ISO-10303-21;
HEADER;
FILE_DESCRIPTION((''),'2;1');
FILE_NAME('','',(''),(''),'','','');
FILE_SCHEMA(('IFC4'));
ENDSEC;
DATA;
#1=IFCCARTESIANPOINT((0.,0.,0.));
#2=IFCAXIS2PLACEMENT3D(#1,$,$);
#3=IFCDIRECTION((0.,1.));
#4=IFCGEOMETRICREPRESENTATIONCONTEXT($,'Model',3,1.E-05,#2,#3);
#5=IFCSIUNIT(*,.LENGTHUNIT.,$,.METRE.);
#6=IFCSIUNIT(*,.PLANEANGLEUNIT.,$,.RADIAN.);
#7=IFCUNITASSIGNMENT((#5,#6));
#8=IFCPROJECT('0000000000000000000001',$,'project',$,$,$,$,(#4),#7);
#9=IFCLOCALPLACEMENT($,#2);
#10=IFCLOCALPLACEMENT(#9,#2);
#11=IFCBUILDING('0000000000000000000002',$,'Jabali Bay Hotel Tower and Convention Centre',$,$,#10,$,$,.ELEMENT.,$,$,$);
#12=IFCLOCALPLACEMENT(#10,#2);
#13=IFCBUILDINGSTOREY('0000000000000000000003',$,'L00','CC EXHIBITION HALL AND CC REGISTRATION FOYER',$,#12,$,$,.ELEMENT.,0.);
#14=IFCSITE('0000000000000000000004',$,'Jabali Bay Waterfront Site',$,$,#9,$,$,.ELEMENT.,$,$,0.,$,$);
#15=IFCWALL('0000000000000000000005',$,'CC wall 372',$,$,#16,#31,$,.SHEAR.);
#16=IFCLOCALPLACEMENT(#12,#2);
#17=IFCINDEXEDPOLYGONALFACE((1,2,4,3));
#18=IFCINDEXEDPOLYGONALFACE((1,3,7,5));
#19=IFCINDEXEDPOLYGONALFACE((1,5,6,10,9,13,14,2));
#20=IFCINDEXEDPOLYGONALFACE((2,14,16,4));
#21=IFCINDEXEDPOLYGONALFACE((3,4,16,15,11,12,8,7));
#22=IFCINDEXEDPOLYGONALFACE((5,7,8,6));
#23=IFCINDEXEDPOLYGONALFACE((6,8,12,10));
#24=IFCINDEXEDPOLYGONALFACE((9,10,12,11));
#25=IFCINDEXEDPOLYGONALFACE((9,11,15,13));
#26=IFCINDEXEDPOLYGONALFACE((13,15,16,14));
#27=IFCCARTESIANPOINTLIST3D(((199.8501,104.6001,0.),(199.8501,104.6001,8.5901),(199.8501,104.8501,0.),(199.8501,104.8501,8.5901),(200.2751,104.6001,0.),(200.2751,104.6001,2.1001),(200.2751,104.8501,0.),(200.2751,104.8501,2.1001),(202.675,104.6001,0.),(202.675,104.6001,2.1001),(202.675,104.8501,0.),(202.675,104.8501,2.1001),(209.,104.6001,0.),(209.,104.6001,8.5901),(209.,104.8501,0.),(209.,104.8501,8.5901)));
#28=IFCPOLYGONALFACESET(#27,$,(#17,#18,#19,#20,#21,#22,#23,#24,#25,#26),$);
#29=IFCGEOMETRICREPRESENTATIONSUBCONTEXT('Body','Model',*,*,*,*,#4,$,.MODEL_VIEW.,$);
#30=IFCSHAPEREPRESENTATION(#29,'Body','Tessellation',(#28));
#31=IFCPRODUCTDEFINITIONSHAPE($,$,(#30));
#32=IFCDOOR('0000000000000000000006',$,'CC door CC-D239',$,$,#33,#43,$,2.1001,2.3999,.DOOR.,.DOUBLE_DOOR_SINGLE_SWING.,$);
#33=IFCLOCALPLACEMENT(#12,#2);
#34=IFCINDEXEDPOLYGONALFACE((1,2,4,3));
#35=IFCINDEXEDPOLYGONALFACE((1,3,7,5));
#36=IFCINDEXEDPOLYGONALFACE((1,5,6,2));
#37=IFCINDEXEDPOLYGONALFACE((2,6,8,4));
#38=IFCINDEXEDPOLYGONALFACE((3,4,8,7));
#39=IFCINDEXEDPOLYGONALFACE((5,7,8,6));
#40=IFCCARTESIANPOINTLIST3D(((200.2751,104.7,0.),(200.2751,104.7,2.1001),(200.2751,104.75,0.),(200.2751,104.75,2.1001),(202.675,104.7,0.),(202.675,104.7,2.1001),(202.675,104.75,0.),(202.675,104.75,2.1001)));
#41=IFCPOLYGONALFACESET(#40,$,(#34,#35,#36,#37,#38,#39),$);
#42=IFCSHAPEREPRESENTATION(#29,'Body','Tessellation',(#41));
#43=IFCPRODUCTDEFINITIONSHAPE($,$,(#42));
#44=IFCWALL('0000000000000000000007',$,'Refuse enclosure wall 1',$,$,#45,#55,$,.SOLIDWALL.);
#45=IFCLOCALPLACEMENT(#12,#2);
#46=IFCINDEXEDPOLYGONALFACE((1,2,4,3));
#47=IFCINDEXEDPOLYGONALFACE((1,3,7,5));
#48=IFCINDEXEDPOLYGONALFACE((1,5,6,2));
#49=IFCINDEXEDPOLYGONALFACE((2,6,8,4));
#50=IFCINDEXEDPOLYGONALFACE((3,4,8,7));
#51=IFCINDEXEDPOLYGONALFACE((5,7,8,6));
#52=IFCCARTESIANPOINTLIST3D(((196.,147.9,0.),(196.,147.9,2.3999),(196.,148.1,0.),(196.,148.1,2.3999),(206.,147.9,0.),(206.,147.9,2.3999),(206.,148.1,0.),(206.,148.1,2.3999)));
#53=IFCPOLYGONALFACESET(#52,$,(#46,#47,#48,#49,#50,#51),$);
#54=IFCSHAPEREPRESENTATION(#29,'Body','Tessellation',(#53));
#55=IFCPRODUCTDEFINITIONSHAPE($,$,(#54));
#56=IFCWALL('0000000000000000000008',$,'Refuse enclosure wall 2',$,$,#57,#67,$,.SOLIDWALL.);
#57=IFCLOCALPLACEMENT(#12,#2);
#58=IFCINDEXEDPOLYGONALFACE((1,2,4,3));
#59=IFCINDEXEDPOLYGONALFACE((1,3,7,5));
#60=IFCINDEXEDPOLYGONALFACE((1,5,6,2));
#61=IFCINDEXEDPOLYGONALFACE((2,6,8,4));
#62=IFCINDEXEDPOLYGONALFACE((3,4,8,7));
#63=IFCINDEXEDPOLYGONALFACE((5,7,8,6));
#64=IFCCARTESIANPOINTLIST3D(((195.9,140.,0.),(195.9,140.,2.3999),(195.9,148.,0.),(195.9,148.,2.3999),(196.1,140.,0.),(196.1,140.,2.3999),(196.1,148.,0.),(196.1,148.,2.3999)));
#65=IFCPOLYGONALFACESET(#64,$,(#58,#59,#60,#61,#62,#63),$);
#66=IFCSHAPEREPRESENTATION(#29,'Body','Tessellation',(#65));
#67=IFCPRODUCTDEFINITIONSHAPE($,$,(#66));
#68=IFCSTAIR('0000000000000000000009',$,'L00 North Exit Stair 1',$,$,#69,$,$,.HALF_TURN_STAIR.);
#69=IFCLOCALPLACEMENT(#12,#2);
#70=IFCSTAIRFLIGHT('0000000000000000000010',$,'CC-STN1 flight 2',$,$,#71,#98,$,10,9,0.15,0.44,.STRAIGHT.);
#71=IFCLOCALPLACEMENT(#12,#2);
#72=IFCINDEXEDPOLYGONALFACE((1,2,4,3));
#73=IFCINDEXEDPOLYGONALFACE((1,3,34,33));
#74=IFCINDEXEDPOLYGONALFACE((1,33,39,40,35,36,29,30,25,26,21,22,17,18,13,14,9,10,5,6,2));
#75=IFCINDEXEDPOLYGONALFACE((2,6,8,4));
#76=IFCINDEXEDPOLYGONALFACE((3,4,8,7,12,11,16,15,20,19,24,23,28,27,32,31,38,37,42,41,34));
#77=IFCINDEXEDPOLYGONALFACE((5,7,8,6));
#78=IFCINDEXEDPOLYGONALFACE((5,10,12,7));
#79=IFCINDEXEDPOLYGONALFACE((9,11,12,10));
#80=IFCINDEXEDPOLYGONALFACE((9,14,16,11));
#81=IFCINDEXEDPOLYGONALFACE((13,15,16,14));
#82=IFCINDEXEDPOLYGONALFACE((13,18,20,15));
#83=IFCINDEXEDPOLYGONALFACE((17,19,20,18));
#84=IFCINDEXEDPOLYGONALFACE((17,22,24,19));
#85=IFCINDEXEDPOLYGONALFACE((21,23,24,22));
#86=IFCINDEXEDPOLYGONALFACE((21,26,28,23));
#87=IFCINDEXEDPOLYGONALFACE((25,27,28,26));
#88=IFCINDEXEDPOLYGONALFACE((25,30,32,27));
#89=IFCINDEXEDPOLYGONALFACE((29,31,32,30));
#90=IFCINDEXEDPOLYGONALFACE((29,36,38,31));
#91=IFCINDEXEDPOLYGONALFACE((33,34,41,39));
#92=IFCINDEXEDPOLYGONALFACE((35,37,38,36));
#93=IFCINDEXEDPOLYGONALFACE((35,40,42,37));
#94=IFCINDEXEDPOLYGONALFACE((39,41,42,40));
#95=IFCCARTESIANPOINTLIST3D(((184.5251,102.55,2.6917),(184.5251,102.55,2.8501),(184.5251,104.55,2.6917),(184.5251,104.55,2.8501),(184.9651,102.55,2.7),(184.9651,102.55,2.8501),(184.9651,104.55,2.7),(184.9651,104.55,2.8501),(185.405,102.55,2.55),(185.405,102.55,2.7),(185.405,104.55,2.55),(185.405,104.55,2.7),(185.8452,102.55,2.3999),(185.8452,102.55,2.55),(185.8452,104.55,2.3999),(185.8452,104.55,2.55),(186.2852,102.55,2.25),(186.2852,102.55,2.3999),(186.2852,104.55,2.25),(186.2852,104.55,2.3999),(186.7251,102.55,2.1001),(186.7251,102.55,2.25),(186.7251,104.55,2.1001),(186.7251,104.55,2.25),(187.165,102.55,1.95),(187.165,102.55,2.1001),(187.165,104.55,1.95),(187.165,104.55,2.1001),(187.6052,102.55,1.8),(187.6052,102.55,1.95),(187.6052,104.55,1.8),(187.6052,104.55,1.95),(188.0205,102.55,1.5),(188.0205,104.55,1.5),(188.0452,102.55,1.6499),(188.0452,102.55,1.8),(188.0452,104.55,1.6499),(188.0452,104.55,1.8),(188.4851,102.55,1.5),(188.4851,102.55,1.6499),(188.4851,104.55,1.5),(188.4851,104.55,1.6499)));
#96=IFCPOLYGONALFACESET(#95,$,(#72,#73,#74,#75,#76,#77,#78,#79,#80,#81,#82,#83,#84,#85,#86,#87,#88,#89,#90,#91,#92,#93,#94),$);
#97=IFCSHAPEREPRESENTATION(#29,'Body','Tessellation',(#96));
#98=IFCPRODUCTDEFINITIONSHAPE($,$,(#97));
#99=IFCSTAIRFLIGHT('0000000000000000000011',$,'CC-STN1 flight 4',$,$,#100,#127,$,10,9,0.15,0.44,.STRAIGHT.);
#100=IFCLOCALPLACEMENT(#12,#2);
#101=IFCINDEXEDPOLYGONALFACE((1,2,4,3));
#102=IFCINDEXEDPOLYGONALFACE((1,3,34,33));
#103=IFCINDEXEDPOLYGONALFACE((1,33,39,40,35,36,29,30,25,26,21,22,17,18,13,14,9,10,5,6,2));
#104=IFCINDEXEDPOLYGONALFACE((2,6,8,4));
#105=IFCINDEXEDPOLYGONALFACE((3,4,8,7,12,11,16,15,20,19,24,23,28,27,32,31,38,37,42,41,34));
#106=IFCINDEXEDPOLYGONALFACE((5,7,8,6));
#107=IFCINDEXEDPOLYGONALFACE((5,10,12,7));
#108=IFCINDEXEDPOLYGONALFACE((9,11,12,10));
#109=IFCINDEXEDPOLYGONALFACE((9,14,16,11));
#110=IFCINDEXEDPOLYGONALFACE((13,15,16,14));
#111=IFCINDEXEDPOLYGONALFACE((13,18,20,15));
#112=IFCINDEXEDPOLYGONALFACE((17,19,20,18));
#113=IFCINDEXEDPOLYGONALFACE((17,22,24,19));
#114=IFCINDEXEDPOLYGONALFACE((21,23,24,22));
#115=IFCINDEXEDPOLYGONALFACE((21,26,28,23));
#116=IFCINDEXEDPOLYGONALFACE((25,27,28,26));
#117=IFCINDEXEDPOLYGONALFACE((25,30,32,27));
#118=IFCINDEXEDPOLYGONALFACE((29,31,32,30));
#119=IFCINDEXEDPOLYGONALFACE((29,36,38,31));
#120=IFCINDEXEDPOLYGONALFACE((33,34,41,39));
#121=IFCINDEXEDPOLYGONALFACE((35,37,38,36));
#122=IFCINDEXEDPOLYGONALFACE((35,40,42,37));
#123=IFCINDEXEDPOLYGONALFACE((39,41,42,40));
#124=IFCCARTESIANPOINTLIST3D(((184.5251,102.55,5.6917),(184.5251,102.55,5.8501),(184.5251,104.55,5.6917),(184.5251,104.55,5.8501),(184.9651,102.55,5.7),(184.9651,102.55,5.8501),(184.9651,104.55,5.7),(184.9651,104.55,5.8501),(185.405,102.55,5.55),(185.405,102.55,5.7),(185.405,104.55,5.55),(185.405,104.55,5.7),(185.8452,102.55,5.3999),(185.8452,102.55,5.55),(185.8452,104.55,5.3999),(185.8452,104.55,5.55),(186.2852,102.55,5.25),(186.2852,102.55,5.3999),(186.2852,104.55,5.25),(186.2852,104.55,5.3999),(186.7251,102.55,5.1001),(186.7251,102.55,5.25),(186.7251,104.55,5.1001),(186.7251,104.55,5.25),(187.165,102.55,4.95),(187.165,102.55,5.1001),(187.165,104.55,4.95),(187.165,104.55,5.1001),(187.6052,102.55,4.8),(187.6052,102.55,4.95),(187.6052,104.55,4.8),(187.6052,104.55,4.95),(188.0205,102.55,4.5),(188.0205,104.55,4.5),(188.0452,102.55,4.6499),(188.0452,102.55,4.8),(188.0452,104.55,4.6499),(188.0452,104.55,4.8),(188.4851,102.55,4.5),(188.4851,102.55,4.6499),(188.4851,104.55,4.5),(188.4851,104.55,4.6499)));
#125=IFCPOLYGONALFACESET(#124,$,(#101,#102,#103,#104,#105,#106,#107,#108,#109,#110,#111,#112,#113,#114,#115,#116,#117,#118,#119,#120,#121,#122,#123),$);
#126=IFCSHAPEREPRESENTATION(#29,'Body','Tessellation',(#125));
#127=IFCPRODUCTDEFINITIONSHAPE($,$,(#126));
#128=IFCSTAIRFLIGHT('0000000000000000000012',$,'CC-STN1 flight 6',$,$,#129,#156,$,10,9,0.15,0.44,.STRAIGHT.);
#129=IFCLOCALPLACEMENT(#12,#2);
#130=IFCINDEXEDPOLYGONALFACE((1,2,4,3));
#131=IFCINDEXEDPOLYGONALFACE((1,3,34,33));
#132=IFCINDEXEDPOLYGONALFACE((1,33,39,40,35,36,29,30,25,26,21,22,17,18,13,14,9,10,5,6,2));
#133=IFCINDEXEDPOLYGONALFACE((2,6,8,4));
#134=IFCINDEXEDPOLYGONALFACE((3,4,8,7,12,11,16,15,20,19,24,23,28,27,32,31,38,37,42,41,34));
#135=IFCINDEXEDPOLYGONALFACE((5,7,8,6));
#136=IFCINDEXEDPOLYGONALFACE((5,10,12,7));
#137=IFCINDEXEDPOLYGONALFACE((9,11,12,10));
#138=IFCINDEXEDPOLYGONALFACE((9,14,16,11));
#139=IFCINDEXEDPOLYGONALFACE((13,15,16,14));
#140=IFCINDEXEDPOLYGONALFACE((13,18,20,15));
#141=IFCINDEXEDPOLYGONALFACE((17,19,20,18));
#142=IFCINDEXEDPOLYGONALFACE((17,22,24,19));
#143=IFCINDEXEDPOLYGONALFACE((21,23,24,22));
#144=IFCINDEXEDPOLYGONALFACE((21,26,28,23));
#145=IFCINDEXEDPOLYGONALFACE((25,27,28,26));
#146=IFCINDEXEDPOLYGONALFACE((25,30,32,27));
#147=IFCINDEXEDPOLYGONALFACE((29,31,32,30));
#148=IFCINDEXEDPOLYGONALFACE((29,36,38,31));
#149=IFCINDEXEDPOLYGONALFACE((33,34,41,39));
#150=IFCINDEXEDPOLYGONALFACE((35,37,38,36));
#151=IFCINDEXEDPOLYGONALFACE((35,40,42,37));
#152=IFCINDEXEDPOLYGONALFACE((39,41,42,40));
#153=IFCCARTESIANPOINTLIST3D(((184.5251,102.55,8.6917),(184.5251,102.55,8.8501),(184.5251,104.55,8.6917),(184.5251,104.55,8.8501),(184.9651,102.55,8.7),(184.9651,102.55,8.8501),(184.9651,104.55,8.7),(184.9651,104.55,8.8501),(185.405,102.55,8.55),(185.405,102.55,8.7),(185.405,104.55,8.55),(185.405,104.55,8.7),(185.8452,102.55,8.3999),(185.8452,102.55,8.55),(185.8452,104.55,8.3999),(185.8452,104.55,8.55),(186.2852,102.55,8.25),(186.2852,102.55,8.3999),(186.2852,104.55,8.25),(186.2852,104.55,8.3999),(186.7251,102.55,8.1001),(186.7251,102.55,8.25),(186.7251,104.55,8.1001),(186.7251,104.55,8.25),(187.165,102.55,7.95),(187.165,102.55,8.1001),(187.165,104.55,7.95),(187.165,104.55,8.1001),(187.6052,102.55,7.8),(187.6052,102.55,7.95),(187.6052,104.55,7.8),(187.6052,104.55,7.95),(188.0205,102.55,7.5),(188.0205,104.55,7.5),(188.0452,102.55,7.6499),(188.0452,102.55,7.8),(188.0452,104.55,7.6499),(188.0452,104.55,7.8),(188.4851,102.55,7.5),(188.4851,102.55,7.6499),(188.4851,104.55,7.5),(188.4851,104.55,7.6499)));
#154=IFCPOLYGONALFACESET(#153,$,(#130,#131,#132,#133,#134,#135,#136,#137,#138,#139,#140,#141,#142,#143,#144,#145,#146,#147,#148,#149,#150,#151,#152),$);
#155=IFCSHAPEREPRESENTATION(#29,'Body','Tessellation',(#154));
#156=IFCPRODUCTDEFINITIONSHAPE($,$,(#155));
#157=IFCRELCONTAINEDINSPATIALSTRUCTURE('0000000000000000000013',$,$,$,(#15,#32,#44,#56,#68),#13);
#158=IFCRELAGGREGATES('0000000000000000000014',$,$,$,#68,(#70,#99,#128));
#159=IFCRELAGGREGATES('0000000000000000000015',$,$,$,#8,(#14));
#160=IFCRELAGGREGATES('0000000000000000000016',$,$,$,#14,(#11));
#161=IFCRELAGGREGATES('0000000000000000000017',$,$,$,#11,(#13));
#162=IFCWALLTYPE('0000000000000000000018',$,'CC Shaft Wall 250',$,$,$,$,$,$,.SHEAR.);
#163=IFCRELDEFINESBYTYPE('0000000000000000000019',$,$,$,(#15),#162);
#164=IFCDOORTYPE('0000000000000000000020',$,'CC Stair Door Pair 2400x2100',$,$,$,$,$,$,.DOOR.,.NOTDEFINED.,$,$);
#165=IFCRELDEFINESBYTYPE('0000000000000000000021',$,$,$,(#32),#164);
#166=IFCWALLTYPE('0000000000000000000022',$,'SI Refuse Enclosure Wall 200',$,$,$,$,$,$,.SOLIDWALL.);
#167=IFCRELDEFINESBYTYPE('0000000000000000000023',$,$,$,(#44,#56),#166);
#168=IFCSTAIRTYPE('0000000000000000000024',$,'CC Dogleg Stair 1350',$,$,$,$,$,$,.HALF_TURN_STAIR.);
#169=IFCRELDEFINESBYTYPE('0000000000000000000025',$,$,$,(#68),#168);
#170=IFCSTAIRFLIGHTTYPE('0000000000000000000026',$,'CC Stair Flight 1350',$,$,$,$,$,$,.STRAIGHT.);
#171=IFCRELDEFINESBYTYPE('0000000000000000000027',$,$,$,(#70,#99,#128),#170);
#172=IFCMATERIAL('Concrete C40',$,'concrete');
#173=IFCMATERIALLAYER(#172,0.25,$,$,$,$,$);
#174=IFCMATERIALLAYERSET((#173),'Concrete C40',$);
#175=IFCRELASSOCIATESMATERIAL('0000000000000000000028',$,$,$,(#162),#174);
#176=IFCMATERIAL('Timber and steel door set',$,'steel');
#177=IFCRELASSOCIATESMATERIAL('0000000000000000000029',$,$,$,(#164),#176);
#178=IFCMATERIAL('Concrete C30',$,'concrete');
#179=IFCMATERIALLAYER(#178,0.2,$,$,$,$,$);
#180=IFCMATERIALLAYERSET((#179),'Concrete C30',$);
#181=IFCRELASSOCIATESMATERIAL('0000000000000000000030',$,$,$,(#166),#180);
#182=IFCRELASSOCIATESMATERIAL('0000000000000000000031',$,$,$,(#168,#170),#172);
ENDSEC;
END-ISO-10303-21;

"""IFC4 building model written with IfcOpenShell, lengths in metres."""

from ifc_helpers import new_model, si_unit, direction, frame, frame_2d, origin, place, context, subcontext, project, spatial, polyline, rectangle, outline, extrude, material, layer, layer_set, type_object, element, fill, aggregate, save


model = new_model("IFC4")

# Units and contexts
model_context = context("Model", 3, precision=1e-05, world=origin(), true_north=direction((0.0, 1.0)))
body_context = subcontext(model_context, "Body", "Model", "MODEL_VIEW")
ifc_project = project(units=[si_unit("LENGTHUNIT", "METRE"), si_unit("PLANEANGLEUNIT", "RADIAN")], contexts=[model_context])

# Site, building, storey
site_placement = place(None, origin())
site = spatial("IfcSite", under=ifc_project, at=site_placement, Name="Jabali Bay Waterfront Site", CompositionType="ELEMENT", RefElevation=0.0)
building_placement = place(site_placement, origin())
building = spatial("IfcBuilding", under=site, at=building_placement, Name="Jabali Bay Hotel Tower and Convention Centre", CompositionType="ELEMENT")
storey_placement = place(building_placement, origin())
storey = spatial("IfcBuildingStorey", under=building, at=storey_placement, Name="L00", Description="CC EXHIBITION HALL AND CC REGISTRATION FOYER", CompositionType="ELEMENT", Elevation=0.0)

# Wall, opening, door
ifc_material_1 = material(Name="Concrete C40", Category="concrete")
ifc_layer_1 = layer(ifc_material_1, 0.25)
ifc_layer_set_1 = layer_set([ifc_layer_1], Name="Concrete C40")
wall_type_1 = type_object("IfcWallType", Name="CC Shaft Wall 250", PredefinedType="SHEAR", material=ifc_layer_set_1)
ifc_material_2 = material(Name="Timber and steel door set", Category="steel")
door_type = type_object("IfcDoorType", Name="CC Stair Door Pair 2400x2100", OperationType="NOTDEFINED", PredefinedType="DOOR", material=ifc_material_2)
wall_1_placement = place(storey_placement, frame((199.8501, 104.7251, 0.0), z_axis=(0.0, 0.0, 1.0), x_axis=(1.0, 0.0, 0.0)))
wall_1 = element("IfcWall", 1, at=wall_1_placement, inside=storey, type_object=wall_type_1, Name="CC wall 372", PredefinedType="SHEAR", context=body_context, shape_type="SweptSolid", body=[
    extrude(rectangle(XDim=9.1499, YDim=0.25, at=frame_2d((4.575, 0.0))), origin(), (0.0, 0.0, 1.0), 8.5901),
])
opening_1_placement = place(wall_1_placement, frame((0.425, 0.0, 0.0)))
opening_1 = element("IfcOpeningElement", 2, at=opening_1_placement, cuts=wall_1, PredefinedType="OPENING", context=body_context, shape_type="SweptSolid", body=[
    extrude(rectangle(XDim=2.3999, YDim=2.1001, at=frame_2d((1.2, 1.05))), frame((0.0, 0.1355, 0.0), z_axis=(0.0, -1.0, 0.0), x_axis=(1.0, 0.0, 0.0)), (0.0, 0.0, 1.0), 0.271),
])
door_1_placement = place(opening_1_placement, origin())
door_1 = element("IfcDoor", 3, at=door_1_placement, inside=storey, type_object=door_type, Name="CC door CC-D239", OperationType="DOUBLE_DOOR_SINGLE_SWING", OverallHeight=2.1001, OverallWidth=2.3999, PredefinedType="DOOR", context=body_context, shape_type="SweptSolid", body=[
    extrude(rectangle(XDim=2.3999, YDim=2.1001, at=frame_2d((1.2, 1.05))), frame((0.0, 0.0249, 0.0), z_axis=(0.0, -1.0, 0.0), x_axis=(1.0, 0.0, 0.0)), (0.0, 0.0, 1.0), 0.05),
])
fill(opening_1, door_1)

# Walls
ifc_material_3 = material(Name="Concrete C30", Category="concrete")
ifc_layer_2 = layer(ifc_material_3, 0.2)
ifc_layer_set_2 = layer_set([ifc_layer_2], Name="Concrete C30")
wall_type_2 = type_object("IfcWallType", Name="SI Refuse Enclosure Wall 200", PredefinedType="SOLIDWALL", material=ifc_layer_set_2)
wall_2_placement = place(storey_placement, frame((196.0, 148.0, 0.0), z_axis=(0.0, 0.0, 1.0), x_axis=(1.0, 0.0, 0.0)))
element("IfcWall", 4, at=wall_2_placement, inside=storey, type_object=wall_type_2, Name="Refuse enclosure wall 1", PredefinedType="SOLIDWALL", context=body_context, shape_type="SweptSolid", body=[
    extrude(rectangle(XDim=10.0, YDim=0.2, at=frame_2d((5.0, 0.0))), origin(), (0.0, 0.0, 1.0), 2.3999),
])
wall_3_placement = place(storey_placement, frame((196.0, 140.0, 0.0), z_axis=(0.0, 0.0, 1.0), x_axis=(0.0, 1.0, 0.0)))
element("IfcWall", 5, at=wall_3_placement, inside=storey, type_object=wall_type_2, Name="Refuse enclosure wall 2", PredefinedType="SOLIDWALL", context=body_context, shape_type="SweptSolid", body=[
    extrude(rectangle(XDim=8.0, YDim=0.2, at=frame_2d((4.0, 0.0))), origin(), (0.0, 0.0, 1.0), 2.3999),
])

# Stair, stair flights
stair_type = type_object("IfcStairType", Name="CC Dogleg Stair 1350", PredefinedType="HALF_TURN_STAIR", material=ifc_material_1)
stair_1_placement = place(storey_placement, origin())
stair_1 = element("IfcStair", 6, at=stair_1_placement, inside=storey, type_object=stair_type, Name="L00 North Exit Stair 1", PredefinedType="HALF_TURN_STAIR")
stair_flight_type = type_object("IfcStairFlightType", Name="CC Stair Flight 1350", PredefinedType="STRAIGHT", material=ifc_material_1)
stair_flight_1_placement = place(storey_placement, frame((188.4851, 103.55, 1.5), z_axis=(0.0, 0.0, 1.0), x_axis=(-1.0, 0.0, 0.0)))
stair_flight_1 = element("IfcStairFlight", 7, at=stair_flight_1_placement, type_object=stair_flight_type, Name="CC-STN1 flight 2", NumberOfRisers=10, NumberOfTreads=9, PredefinedType="STRAIGHT", RiserHeight=0.15, TreadLength=0.44, context=body_context, shape_type="SweptSolid", body=[
    extrude(outline(polyline([(0.0, 0.0), (0.0, 0.1499), (0.4399, 0.1499), (0.4399, 0.3), (0.8799, 0.3), (0.8799, 0.45), (1.3201, 0.45), (1.3201, 0.6001), (1.76, 0.6001), (1.76, 0.75), (2.2, 0.75), (2.2, 0.8999), (2.6399, 0.8999), (2.6399, 1.05), (3.0801, 1.05), (3.0801, 1.2), (3.52, 1.2), (3.52, 1.3501), (3.96, 1.3501), (3.96, 1.5), (3.96, 1.1917), (0.4646, 0.0), (0.0, 0.0)])), frame((0.0, 1.0, 0.0), z_axis=(0.0, -1.0, 0.0), x_axis=(1.0, 0.0, 0.0)), (0.0, 0.0, 1.0), 2.0),
])
stair_flight_2_placement = place(storey_placement, frame((188.4851, 103.55, 4.5), z_axis=(0.0, 0.0, 1.0), x_axis=(-1.0, 0.0, 0.0)))
stair_flight_2 = element("IfcStairFlight", 8, at=stair_flight_2_placement, type_object=stair_flight_type, Name="CC-STN1 flight 4", NumberOfRisers=10, NumberOfTreads=9, PredefinedType="STRAIGHT", RiserHeight=0.15, TreadLength=0.44, context=body_context, shape_type="SweptSolid", body=[
    extrude(outline(polyline([(0.0, 0.0), (0.0, 0.1499), (0.4399, 0.1499), (0.4399, 0.3), (0.8799, 0.3), (0.8799, 0.45), (1.3201, 0.45), (1.3201, 0.6001), (1.76, 0.6001), (1.76, 0.75), (2.2, 0.75), (2.2, 0.8999), (2.6399, 0.8999), (2.6399, 1.05), (3.0801, 1.05), (3.0801, 1.2), (3.52, 1.2), (3.52, 1.3501), (3.96, 1.3501), (3.96, 1.5), (3.96, 1.1917), (0.4646, 0.0), (0.0, 0.0)])), frame((0.0, 1.0, 0.0), z_axis=(0.0, -1.0, 0.0), x_axis=(1.0, 0.0, 0.0)), (0.0, 0.0, 1.0), 2.0),
])
stair_flight_3_placement = place(storey_placement, frame((188.4851, 103.55, 7.5), z_axis=(0.0, 0.0, 1.0), x_axis=(-1.0, 0.0, 0.0)))
stair_flight_3 = element("IfcStairFlight", 9, at=stair_flight_3_placement, type_object=stair_flight_type, Name="CC-STN1 flight 6", NumberOfRisers=10, NumberOfTreads=9, PredefinedType="STRAIGHT", RiserHeight=0.15, TreadLength=0.44, context=body_context, shape_type="SweptSolid", body=[
    extrude(outline(polyline([(0.0, 0.0), (0.0, 0.1499), (0.4399, 0.1499), (0.4399, 0.3), (0.8799, 0.3), (0.8799, 0.45), (1.3201, 0.45), (1.3201, 0.6001), (1.76, 0.6001), (1.76, 0.75), (2.2, 0.75), (2.2, 0.8999), (2.6399, 0.8999), (2.6399, 1.05), (3.0801, 1.05), (3.0801, 1.2), (3.52, 1.2), (3.52, 1.3501), (3.96, 1.3501), (3.96, 1.5), (3.96, 1.1917), (0.4646, 0.0), (0.0, 0.0)])), frame((0.0, 1.0, 0.0), z_axis=(0.0, -1.0, 0.0), x_axis=(1.0, 0.0, 0.0)), (0.0, 0.0, 1.0), 2.0),
])
aggregate(stair_1, [stair_flight_1, stair_flight_2, stair_flight_3])

save(model, "model.ifc")
